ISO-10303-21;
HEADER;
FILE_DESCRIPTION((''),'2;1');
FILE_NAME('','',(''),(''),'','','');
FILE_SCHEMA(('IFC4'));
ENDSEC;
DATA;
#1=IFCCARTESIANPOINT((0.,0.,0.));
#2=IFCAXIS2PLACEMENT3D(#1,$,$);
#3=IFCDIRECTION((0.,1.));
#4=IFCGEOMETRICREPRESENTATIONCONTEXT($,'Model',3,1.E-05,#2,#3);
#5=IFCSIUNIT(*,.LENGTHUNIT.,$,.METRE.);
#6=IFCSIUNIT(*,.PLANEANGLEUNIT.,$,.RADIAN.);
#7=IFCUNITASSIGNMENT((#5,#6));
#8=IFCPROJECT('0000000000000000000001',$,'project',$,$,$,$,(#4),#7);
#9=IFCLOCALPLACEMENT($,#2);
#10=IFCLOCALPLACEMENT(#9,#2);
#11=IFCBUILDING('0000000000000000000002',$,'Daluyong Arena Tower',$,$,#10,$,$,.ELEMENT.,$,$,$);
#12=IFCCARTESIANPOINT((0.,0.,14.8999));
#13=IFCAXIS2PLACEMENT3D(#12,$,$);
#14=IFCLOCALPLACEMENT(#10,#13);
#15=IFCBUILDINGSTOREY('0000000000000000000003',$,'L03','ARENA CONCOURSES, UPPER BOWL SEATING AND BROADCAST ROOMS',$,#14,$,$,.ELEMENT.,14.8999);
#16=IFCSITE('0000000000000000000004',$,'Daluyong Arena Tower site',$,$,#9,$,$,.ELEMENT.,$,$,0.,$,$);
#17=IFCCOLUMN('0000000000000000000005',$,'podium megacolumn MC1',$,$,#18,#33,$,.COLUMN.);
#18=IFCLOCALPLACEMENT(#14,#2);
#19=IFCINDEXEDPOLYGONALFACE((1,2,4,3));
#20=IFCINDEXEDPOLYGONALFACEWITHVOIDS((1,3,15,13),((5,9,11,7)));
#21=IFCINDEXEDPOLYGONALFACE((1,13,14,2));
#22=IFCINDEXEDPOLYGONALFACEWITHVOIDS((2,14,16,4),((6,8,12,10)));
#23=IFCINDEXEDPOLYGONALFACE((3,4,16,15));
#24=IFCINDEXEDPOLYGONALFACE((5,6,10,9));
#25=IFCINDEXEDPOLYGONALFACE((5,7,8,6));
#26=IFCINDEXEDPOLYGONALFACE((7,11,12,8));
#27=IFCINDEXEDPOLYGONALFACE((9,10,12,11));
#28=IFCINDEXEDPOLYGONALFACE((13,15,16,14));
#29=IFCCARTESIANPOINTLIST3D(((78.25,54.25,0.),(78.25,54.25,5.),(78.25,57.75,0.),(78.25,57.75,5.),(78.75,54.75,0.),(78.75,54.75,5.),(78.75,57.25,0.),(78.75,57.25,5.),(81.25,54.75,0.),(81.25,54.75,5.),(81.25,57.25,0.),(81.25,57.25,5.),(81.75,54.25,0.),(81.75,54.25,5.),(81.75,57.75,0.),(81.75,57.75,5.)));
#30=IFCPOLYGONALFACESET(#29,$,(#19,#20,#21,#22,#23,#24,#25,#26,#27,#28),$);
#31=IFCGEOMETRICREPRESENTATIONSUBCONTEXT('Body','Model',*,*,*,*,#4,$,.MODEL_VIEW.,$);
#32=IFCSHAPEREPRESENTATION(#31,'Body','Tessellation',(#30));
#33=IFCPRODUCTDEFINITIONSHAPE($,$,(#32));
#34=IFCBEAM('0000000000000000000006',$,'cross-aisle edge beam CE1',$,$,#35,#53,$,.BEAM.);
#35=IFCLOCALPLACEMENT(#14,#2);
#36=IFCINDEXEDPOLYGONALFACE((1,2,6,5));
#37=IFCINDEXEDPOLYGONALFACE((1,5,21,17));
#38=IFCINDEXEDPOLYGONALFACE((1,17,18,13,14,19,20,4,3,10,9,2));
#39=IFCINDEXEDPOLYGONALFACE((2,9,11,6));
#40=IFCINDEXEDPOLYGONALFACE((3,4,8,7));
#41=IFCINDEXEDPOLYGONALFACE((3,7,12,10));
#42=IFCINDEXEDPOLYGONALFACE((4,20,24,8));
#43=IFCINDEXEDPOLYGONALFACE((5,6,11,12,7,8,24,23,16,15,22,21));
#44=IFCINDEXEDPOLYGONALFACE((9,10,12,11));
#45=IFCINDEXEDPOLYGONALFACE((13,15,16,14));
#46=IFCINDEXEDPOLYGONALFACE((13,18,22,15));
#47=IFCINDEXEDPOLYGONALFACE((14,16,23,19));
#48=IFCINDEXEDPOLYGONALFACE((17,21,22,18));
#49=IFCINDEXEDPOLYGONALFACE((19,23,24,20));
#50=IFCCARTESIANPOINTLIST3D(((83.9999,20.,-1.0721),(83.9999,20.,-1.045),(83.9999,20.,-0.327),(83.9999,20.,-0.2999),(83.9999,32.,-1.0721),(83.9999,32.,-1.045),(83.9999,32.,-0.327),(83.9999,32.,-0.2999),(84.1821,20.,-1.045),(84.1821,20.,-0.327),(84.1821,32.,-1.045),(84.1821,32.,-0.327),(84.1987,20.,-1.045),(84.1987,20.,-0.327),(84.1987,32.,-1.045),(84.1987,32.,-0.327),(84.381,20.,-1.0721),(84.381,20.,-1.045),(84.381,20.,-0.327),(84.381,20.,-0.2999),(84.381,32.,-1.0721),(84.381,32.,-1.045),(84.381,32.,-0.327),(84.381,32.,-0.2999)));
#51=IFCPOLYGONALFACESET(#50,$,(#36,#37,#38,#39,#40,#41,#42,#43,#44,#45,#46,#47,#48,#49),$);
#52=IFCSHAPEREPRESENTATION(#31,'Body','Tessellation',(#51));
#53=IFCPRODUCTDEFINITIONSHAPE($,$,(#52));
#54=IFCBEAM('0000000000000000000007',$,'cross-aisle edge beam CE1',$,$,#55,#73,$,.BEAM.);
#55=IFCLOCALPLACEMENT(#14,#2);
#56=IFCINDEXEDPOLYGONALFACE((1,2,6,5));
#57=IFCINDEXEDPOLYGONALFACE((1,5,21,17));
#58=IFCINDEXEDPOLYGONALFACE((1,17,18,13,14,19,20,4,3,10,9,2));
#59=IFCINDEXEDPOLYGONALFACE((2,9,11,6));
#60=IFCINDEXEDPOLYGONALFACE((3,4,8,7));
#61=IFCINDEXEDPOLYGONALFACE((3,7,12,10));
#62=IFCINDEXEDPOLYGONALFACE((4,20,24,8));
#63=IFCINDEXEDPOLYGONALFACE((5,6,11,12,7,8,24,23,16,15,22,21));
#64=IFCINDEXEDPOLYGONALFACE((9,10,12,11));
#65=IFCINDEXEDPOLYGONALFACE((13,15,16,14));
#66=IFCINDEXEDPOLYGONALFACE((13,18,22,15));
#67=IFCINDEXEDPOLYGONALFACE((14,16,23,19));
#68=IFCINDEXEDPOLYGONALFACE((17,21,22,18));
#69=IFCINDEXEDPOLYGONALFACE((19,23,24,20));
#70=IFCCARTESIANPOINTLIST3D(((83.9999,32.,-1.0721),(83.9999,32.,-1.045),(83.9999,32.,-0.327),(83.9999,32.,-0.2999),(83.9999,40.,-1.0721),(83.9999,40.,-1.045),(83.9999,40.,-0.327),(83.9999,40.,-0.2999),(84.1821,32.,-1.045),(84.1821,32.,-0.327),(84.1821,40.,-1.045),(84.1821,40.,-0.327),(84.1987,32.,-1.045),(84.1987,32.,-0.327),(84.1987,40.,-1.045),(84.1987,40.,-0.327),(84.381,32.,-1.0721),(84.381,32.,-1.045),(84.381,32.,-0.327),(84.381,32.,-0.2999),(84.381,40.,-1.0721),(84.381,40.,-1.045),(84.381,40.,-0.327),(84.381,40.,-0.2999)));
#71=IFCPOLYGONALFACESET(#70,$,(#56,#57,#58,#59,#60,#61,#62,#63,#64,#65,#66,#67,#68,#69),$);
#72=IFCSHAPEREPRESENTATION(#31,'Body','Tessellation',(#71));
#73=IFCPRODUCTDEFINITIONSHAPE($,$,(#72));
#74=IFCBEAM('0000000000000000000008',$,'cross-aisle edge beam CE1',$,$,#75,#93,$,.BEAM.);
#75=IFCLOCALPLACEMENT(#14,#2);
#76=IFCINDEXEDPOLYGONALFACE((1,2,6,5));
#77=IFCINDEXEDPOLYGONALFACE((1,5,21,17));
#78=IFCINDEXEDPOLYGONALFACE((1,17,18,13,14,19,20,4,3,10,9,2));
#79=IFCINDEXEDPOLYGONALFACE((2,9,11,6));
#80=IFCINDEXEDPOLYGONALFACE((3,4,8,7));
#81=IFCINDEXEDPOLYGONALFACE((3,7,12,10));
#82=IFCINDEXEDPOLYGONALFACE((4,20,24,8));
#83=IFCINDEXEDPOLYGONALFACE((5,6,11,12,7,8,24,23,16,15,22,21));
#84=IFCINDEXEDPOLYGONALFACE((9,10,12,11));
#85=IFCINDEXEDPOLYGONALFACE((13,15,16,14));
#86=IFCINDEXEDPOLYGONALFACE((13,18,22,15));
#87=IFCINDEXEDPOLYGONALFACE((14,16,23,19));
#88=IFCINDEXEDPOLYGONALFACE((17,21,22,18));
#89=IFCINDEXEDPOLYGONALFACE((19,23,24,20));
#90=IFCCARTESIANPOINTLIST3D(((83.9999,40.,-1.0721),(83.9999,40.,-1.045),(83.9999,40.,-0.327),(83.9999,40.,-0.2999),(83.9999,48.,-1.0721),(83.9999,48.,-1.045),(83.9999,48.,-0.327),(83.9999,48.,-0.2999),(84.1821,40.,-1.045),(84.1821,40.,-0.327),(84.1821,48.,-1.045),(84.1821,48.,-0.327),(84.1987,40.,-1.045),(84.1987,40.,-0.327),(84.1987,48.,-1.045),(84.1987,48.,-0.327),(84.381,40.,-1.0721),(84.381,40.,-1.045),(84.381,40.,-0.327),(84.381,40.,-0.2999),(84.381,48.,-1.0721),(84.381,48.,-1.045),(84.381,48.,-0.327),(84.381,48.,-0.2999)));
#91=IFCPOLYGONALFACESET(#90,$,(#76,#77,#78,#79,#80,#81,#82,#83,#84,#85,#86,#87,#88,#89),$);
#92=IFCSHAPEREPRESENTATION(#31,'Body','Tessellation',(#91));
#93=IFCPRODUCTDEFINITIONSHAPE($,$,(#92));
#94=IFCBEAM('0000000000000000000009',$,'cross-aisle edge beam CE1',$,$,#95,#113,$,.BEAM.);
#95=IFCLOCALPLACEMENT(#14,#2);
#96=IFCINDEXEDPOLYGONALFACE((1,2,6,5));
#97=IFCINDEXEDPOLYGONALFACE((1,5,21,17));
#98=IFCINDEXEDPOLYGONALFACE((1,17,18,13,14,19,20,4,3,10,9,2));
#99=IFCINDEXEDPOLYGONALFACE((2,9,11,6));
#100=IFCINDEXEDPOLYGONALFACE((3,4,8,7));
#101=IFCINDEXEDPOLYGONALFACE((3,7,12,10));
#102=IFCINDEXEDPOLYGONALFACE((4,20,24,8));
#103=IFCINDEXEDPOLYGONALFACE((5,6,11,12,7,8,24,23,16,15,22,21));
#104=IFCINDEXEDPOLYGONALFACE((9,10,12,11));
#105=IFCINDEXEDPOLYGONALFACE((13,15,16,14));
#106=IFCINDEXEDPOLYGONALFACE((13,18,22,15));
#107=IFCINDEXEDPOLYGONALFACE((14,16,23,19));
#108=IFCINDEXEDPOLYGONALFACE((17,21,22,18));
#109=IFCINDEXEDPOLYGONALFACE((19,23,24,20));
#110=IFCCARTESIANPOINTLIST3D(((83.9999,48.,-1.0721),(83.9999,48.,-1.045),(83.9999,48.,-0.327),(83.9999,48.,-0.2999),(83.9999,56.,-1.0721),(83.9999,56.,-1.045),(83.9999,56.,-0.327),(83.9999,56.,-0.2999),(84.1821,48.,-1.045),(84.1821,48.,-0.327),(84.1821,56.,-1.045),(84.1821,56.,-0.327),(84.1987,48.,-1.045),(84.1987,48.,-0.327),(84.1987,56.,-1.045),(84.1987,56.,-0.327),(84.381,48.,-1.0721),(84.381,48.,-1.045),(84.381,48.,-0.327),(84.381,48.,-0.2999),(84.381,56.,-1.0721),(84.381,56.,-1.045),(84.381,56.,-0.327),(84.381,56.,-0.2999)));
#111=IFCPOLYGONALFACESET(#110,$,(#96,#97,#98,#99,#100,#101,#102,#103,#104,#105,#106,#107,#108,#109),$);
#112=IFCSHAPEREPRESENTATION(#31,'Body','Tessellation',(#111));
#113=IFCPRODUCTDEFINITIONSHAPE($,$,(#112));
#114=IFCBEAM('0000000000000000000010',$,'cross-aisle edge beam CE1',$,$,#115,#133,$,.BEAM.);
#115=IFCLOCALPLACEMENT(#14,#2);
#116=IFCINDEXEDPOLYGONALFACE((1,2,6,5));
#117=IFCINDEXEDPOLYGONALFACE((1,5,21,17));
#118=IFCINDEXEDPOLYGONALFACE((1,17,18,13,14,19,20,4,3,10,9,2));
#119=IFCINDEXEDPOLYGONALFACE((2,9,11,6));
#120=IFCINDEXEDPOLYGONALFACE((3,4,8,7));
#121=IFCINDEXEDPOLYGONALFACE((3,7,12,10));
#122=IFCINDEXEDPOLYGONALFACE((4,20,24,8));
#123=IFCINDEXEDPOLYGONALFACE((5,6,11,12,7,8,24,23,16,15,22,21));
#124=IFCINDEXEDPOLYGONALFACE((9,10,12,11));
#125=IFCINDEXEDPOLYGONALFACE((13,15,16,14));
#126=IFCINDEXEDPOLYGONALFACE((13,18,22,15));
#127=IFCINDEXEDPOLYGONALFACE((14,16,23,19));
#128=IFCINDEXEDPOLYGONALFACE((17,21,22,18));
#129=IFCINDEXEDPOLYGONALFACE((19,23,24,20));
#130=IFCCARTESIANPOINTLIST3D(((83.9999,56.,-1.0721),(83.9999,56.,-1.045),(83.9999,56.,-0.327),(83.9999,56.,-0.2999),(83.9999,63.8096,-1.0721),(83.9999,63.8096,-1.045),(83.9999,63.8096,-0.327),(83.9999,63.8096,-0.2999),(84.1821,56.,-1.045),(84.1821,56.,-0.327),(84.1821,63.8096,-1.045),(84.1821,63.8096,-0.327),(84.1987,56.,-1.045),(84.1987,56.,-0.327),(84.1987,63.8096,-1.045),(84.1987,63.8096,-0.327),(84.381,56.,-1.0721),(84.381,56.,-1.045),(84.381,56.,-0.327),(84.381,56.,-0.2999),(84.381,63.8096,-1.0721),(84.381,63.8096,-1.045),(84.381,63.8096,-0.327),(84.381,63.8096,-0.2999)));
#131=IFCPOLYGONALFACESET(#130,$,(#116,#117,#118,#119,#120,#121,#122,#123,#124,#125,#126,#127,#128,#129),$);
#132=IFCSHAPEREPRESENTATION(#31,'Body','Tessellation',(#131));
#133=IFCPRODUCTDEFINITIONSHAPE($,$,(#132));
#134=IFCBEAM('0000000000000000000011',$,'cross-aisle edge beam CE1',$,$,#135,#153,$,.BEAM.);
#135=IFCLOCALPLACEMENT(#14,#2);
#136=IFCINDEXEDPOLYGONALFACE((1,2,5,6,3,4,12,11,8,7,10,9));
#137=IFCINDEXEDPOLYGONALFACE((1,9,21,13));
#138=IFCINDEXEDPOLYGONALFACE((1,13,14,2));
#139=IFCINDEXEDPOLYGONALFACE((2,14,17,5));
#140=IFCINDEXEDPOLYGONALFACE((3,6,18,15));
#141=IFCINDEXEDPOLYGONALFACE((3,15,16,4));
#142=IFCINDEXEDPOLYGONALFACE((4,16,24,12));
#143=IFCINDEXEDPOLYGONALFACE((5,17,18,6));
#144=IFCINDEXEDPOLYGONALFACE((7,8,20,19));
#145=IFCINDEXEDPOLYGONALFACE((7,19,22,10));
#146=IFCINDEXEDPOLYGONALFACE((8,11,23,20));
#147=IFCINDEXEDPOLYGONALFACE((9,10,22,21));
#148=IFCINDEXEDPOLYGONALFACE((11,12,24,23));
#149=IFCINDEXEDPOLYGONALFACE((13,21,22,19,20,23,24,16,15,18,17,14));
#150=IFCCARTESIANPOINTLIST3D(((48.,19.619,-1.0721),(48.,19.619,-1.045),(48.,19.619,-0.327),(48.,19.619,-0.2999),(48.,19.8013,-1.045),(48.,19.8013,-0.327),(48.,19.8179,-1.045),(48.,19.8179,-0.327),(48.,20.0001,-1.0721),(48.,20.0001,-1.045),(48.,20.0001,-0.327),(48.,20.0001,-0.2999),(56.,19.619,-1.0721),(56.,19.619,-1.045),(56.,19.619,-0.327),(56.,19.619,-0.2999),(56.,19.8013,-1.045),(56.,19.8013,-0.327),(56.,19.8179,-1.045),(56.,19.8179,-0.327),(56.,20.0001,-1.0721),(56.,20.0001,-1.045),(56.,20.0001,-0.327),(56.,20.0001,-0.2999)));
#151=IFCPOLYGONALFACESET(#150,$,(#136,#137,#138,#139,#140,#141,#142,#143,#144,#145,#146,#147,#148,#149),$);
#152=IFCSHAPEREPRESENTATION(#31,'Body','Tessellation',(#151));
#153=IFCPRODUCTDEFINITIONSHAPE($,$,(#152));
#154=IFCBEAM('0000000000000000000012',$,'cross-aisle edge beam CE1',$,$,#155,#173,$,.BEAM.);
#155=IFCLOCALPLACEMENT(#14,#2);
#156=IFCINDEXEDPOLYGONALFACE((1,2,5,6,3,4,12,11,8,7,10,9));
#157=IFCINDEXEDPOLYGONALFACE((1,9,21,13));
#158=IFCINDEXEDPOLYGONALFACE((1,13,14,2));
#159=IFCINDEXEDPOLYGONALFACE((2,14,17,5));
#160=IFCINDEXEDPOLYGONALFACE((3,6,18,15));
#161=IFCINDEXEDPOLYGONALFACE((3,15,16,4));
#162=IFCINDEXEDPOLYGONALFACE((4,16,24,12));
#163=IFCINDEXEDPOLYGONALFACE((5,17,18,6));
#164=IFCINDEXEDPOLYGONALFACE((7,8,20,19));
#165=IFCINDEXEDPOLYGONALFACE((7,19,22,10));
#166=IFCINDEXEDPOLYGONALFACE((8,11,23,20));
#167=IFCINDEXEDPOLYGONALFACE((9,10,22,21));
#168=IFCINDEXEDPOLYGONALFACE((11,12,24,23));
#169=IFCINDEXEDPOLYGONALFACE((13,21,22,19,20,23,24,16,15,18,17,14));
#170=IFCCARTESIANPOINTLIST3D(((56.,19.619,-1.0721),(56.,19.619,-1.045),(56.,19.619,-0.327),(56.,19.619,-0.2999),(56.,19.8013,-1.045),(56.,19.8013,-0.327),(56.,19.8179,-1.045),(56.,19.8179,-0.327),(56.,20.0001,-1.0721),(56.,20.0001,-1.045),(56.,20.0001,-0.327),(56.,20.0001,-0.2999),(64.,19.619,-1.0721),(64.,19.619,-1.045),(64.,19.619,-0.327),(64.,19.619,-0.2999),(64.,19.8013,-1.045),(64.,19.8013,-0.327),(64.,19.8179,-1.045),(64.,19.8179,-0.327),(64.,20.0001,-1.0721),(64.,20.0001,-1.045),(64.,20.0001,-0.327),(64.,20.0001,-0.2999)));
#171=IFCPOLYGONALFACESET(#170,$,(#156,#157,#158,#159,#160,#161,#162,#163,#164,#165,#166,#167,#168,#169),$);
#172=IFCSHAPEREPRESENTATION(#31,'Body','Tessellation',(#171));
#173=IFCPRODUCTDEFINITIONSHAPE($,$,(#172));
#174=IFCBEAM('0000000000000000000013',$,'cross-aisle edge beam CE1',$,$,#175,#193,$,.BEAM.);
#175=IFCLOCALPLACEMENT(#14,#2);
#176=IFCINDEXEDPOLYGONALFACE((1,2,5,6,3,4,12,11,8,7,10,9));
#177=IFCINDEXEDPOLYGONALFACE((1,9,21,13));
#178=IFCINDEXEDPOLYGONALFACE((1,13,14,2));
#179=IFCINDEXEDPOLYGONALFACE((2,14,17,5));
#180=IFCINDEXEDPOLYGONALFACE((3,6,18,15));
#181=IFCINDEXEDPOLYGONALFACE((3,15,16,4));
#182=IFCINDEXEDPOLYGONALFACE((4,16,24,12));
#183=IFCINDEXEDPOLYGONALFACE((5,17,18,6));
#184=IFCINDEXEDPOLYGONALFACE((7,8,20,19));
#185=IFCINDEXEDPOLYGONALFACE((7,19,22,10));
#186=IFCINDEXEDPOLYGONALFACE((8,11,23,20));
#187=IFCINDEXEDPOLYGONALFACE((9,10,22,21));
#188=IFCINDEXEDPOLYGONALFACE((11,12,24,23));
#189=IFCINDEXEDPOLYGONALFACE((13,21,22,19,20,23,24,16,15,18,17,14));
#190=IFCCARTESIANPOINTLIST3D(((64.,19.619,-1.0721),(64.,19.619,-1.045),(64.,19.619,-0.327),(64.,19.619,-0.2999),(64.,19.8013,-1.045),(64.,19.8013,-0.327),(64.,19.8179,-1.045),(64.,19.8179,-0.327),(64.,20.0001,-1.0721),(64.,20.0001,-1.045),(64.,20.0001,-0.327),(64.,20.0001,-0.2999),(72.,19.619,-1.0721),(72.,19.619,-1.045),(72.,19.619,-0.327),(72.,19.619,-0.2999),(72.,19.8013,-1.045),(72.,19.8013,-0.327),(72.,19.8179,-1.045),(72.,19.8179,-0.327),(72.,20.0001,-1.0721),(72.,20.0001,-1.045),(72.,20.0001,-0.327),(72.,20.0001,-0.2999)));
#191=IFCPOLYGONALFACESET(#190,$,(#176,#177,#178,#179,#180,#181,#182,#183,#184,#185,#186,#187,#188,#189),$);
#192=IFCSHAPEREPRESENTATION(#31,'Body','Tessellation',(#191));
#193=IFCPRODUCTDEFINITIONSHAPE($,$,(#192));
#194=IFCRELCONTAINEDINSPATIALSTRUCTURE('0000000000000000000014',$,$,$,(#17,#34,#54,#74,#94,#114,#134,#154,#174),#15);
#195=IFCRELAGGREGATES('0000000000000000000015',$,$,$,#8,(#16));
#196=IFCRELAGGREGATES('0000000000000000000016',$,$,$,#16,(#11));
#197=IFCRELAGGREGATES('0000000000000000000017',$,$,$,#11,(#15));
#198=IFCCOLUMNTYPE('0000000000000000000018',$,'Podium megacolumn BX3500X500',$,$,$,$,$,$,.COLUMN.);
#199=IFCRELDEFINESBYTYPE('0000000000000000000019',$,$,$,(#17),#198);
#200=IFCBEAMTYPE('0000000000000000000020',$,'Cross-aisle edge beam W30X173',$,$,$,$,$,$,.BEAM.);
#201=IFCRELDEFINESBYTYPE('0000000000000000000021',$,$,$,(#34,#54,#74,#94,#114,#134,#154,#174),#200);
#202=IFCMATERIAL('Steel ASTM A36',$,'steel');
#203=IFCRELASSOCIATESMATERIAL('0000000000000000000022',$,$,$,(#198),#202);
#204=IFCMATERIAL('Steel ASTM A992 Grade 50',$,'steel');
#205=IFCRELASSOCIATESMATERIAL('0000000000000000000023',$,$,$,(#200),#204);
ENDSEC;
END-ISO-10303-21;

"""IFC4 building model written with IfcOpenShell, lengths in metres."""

from ifc_helpers import new_model, si_unit, direction, frame, origin, origin_2d, place, context, subcontext, project, spatial, hollow_rectangle, i_section, extrude, material, material_profile, profile_set, type_object, element, save


model = new_model("IFC4")

# Units and contexts
model_context = context("Model", 3, precision=1e-05, world=origin(), true_north=direction((0.0, 1.0)))
body_context = subcontext(model_context, "Body", "Model", "MODEL_VIEW")
ifc_project = project(units=[si_unit("LENGTHUNIT", "METRE"), si_unit("PLANEANGLEUNIT", "RADIAN")], contexts=[model_context])

# Site, building, storey
site_placement = place(None, origin())
site = spatial("IfcSite", under=ifc_project, at=site_placement, Name="Daluyong Arena Tower site", CompositionType="ELEMENT", RefElevation=0.0)
building_placement = place(site_placement, origin())
building = spatial("IfcBuilding", under=site, at=building_placement, Name="Daluyong Arena Tower", CompositionType="ELEMENT")
storey_placement = place(building_placement, frame((0.0, 0.0, 14.8999)))
storey = spatial("IfcBuildingStorey", under=building, at=storey_placement, Name="L03", Description="ARENA CONCOURSES, UPPER BOWL SEATING AND BROADCAST ROOMS", CompositionType="ELEMENT", Elevation=14.8999)

# Column
ifc_material_1 = material(Name="Steel ASTM A36", Category="steel")
ifc_material_profile_1 = material_profile(ifc_material_1, hollow_rectangle(XDim=3.5, YDim=3.5, WallThickness=0.5, at=origin_2d()))
ifc_profile_set_1 = profile_set([ifc_material_profile_1], Name="Steel ASTM A36")
column_type = type_object("IfcColumnType", Name="Podium megacolumn BX3500X500", PredefinedType="COLUMN", material=ifc_profile_set_1)
column_placement = place(storey_placement, frame((80.0, 56.0, 0.0), z_axis=(0.0, 0.0, 1.0), x_axis=(1.0, 0.0, 0.0)))
element("IfcColumn", 1, at=column_placement, inside=storey, type_object=column_type, Name="podium megacolumn MC1", PredefinedType="COLUMN", context=body_context, shape_type="SweptSolid", body=[
    extrude(hollow_rectangle(XDim=3.5, YDim=3.5, WallThickness=0.5, at=origin_2d()), origin(), (0.0, 0.0, 1.0), 5.0),
])

# Beams
ifc_material_2 = material(Name="Steel ASTM A992 Grade 50", Category="steel")
ifc_material_profile_2 = material_profile(ifc_material_2, i_section(OverallWidth=0.3811, OverallDepth=0.7722, WebThickness=0.0166, FlangeThickness=0.0271, at=origin_2d()))
ifc_profile_set_2 = profile_set([ifc_material_profile_2], Name="Steel ASTM A992 Grade 50")
beam_type = type_object("IfcBeamType", Name="Cross-aisle edge beam W30X173", PredefinedType="BEAM", material=ifc_profile_set_2)
beam_1_placement = place(storey_placement, frame((84.1904, 20.0, -0.686), z_axis=(0.0, 1.0, 0.0), x_axis=(-1.0, 0.0, 0.0)))
element("IfcBeam", 2, at=beam_1_placement, inside=storey, type_object=beam_type, Name="cross-aisle edge beam CE1", PredefinedType="BEAM", context=body_context, shape_type="SweptSolid", body=[
    extrude(i_section(OverallWidth=0.3811, OverallDepth=0.7722, WebThickness=0.0166, FlangeThickness=0.0271, at=origin_2d()), origin(), (0.0, 0.0, 1.0), 12.0),
])
for number, where, z_axis, x_axis, name in (
    (3, (84.1904, 32.0, -0.686), (0.0, 1.0, 0.0), (-1.0, 0.0, 0.0), "cross-aisle edge beam CE1"),
    (4, (84.1904, 40.0, -0.686), (0.0, 1.0, 0.0), (-1.0, 0.0, 0.0), "cross-aisle edge beam CE1"),
    (5, (84.1904, 48.0, -0.686), (0.0, 1.0, 0.0), (-1.0, 0.0, 0.0), "cross-aisle edge beam CE1"),
):
    element("IfcBeam", number, at=place(storey_placement, frame(where, z_axis=z_axis, x_axis=x_axis)), inside=storey, type_object=beam_type, Name=name, PredefinedType="BEAM", context=body_context, shape_type="SweptSolid", body=[
        extrude(i_section(OverallWidth=0.3811, OverallDepth=0.7722, WebThickness=0.0166, FlangeThickness=0.0271, at=origin_2d()), origin(), (0.0, 0.0, 1.0), 8.0),
    ])
beam_2_placement = place(storey_placement, frame((84.1904, 56.0, -0.686), z_axis=(0.0, 1.0, 0.0), x_axis=(-1.0, 0.0, 0.0)))
element("IfcBeam", 6, at=beam_2_placement, inside=storey, type_object=beam_type, Name="cross-aisle edge beam CE1", PredefinedType="BEAM", context=body_context, shape_type="SweptSolid", body=[
    extrude(i_section(OverallWidth=0.3811, OverallDepth=0.7722, WebThickness=0.0166, FlangeThickness=0.0271, at=origin_2d()), origin(), (0.0, 0.0, 1.0), 7.8096),
])
for number, where, z_axis, x_axis, name in (
    (7, (48.0, 19.8096, -0.686), (1.0, 0.0, 0.0), (0.0, 1.0, 0.0), "cross-aisle edge beam CE1"),
    (8, (56.0, 19.8096, -0.686), (1.0, 0.0, 0.0), (0.0, 1.0, 0.0), "cross-aisle edge beam CE1"),
    (9, (64.0, 19.8096, -0.686), (1.0, 0.0, 0.0), (0.0, 1.0, 0.0), "cross-aisle edge beam CE1"),
):
    element("IfcBeam", number, at=place(storey_placement, frame(where, z_axis=z_axis, x_axis=x_axis)), inside=storey, type_object=beam_type, Name=name, PredefinedType="BEAM", context=body_context, shape_type="SweptSolid", body=[
        extrude(i_section(OverallWidth=0.3811, OverallDepth=0.7722, WebThickness=0.0166, FlangeThickness=0.0271, at=origin_2d()), origin(), (0.0, 0.0, 1.0), 8.0),
    ])

save(model, "model.ifc")
